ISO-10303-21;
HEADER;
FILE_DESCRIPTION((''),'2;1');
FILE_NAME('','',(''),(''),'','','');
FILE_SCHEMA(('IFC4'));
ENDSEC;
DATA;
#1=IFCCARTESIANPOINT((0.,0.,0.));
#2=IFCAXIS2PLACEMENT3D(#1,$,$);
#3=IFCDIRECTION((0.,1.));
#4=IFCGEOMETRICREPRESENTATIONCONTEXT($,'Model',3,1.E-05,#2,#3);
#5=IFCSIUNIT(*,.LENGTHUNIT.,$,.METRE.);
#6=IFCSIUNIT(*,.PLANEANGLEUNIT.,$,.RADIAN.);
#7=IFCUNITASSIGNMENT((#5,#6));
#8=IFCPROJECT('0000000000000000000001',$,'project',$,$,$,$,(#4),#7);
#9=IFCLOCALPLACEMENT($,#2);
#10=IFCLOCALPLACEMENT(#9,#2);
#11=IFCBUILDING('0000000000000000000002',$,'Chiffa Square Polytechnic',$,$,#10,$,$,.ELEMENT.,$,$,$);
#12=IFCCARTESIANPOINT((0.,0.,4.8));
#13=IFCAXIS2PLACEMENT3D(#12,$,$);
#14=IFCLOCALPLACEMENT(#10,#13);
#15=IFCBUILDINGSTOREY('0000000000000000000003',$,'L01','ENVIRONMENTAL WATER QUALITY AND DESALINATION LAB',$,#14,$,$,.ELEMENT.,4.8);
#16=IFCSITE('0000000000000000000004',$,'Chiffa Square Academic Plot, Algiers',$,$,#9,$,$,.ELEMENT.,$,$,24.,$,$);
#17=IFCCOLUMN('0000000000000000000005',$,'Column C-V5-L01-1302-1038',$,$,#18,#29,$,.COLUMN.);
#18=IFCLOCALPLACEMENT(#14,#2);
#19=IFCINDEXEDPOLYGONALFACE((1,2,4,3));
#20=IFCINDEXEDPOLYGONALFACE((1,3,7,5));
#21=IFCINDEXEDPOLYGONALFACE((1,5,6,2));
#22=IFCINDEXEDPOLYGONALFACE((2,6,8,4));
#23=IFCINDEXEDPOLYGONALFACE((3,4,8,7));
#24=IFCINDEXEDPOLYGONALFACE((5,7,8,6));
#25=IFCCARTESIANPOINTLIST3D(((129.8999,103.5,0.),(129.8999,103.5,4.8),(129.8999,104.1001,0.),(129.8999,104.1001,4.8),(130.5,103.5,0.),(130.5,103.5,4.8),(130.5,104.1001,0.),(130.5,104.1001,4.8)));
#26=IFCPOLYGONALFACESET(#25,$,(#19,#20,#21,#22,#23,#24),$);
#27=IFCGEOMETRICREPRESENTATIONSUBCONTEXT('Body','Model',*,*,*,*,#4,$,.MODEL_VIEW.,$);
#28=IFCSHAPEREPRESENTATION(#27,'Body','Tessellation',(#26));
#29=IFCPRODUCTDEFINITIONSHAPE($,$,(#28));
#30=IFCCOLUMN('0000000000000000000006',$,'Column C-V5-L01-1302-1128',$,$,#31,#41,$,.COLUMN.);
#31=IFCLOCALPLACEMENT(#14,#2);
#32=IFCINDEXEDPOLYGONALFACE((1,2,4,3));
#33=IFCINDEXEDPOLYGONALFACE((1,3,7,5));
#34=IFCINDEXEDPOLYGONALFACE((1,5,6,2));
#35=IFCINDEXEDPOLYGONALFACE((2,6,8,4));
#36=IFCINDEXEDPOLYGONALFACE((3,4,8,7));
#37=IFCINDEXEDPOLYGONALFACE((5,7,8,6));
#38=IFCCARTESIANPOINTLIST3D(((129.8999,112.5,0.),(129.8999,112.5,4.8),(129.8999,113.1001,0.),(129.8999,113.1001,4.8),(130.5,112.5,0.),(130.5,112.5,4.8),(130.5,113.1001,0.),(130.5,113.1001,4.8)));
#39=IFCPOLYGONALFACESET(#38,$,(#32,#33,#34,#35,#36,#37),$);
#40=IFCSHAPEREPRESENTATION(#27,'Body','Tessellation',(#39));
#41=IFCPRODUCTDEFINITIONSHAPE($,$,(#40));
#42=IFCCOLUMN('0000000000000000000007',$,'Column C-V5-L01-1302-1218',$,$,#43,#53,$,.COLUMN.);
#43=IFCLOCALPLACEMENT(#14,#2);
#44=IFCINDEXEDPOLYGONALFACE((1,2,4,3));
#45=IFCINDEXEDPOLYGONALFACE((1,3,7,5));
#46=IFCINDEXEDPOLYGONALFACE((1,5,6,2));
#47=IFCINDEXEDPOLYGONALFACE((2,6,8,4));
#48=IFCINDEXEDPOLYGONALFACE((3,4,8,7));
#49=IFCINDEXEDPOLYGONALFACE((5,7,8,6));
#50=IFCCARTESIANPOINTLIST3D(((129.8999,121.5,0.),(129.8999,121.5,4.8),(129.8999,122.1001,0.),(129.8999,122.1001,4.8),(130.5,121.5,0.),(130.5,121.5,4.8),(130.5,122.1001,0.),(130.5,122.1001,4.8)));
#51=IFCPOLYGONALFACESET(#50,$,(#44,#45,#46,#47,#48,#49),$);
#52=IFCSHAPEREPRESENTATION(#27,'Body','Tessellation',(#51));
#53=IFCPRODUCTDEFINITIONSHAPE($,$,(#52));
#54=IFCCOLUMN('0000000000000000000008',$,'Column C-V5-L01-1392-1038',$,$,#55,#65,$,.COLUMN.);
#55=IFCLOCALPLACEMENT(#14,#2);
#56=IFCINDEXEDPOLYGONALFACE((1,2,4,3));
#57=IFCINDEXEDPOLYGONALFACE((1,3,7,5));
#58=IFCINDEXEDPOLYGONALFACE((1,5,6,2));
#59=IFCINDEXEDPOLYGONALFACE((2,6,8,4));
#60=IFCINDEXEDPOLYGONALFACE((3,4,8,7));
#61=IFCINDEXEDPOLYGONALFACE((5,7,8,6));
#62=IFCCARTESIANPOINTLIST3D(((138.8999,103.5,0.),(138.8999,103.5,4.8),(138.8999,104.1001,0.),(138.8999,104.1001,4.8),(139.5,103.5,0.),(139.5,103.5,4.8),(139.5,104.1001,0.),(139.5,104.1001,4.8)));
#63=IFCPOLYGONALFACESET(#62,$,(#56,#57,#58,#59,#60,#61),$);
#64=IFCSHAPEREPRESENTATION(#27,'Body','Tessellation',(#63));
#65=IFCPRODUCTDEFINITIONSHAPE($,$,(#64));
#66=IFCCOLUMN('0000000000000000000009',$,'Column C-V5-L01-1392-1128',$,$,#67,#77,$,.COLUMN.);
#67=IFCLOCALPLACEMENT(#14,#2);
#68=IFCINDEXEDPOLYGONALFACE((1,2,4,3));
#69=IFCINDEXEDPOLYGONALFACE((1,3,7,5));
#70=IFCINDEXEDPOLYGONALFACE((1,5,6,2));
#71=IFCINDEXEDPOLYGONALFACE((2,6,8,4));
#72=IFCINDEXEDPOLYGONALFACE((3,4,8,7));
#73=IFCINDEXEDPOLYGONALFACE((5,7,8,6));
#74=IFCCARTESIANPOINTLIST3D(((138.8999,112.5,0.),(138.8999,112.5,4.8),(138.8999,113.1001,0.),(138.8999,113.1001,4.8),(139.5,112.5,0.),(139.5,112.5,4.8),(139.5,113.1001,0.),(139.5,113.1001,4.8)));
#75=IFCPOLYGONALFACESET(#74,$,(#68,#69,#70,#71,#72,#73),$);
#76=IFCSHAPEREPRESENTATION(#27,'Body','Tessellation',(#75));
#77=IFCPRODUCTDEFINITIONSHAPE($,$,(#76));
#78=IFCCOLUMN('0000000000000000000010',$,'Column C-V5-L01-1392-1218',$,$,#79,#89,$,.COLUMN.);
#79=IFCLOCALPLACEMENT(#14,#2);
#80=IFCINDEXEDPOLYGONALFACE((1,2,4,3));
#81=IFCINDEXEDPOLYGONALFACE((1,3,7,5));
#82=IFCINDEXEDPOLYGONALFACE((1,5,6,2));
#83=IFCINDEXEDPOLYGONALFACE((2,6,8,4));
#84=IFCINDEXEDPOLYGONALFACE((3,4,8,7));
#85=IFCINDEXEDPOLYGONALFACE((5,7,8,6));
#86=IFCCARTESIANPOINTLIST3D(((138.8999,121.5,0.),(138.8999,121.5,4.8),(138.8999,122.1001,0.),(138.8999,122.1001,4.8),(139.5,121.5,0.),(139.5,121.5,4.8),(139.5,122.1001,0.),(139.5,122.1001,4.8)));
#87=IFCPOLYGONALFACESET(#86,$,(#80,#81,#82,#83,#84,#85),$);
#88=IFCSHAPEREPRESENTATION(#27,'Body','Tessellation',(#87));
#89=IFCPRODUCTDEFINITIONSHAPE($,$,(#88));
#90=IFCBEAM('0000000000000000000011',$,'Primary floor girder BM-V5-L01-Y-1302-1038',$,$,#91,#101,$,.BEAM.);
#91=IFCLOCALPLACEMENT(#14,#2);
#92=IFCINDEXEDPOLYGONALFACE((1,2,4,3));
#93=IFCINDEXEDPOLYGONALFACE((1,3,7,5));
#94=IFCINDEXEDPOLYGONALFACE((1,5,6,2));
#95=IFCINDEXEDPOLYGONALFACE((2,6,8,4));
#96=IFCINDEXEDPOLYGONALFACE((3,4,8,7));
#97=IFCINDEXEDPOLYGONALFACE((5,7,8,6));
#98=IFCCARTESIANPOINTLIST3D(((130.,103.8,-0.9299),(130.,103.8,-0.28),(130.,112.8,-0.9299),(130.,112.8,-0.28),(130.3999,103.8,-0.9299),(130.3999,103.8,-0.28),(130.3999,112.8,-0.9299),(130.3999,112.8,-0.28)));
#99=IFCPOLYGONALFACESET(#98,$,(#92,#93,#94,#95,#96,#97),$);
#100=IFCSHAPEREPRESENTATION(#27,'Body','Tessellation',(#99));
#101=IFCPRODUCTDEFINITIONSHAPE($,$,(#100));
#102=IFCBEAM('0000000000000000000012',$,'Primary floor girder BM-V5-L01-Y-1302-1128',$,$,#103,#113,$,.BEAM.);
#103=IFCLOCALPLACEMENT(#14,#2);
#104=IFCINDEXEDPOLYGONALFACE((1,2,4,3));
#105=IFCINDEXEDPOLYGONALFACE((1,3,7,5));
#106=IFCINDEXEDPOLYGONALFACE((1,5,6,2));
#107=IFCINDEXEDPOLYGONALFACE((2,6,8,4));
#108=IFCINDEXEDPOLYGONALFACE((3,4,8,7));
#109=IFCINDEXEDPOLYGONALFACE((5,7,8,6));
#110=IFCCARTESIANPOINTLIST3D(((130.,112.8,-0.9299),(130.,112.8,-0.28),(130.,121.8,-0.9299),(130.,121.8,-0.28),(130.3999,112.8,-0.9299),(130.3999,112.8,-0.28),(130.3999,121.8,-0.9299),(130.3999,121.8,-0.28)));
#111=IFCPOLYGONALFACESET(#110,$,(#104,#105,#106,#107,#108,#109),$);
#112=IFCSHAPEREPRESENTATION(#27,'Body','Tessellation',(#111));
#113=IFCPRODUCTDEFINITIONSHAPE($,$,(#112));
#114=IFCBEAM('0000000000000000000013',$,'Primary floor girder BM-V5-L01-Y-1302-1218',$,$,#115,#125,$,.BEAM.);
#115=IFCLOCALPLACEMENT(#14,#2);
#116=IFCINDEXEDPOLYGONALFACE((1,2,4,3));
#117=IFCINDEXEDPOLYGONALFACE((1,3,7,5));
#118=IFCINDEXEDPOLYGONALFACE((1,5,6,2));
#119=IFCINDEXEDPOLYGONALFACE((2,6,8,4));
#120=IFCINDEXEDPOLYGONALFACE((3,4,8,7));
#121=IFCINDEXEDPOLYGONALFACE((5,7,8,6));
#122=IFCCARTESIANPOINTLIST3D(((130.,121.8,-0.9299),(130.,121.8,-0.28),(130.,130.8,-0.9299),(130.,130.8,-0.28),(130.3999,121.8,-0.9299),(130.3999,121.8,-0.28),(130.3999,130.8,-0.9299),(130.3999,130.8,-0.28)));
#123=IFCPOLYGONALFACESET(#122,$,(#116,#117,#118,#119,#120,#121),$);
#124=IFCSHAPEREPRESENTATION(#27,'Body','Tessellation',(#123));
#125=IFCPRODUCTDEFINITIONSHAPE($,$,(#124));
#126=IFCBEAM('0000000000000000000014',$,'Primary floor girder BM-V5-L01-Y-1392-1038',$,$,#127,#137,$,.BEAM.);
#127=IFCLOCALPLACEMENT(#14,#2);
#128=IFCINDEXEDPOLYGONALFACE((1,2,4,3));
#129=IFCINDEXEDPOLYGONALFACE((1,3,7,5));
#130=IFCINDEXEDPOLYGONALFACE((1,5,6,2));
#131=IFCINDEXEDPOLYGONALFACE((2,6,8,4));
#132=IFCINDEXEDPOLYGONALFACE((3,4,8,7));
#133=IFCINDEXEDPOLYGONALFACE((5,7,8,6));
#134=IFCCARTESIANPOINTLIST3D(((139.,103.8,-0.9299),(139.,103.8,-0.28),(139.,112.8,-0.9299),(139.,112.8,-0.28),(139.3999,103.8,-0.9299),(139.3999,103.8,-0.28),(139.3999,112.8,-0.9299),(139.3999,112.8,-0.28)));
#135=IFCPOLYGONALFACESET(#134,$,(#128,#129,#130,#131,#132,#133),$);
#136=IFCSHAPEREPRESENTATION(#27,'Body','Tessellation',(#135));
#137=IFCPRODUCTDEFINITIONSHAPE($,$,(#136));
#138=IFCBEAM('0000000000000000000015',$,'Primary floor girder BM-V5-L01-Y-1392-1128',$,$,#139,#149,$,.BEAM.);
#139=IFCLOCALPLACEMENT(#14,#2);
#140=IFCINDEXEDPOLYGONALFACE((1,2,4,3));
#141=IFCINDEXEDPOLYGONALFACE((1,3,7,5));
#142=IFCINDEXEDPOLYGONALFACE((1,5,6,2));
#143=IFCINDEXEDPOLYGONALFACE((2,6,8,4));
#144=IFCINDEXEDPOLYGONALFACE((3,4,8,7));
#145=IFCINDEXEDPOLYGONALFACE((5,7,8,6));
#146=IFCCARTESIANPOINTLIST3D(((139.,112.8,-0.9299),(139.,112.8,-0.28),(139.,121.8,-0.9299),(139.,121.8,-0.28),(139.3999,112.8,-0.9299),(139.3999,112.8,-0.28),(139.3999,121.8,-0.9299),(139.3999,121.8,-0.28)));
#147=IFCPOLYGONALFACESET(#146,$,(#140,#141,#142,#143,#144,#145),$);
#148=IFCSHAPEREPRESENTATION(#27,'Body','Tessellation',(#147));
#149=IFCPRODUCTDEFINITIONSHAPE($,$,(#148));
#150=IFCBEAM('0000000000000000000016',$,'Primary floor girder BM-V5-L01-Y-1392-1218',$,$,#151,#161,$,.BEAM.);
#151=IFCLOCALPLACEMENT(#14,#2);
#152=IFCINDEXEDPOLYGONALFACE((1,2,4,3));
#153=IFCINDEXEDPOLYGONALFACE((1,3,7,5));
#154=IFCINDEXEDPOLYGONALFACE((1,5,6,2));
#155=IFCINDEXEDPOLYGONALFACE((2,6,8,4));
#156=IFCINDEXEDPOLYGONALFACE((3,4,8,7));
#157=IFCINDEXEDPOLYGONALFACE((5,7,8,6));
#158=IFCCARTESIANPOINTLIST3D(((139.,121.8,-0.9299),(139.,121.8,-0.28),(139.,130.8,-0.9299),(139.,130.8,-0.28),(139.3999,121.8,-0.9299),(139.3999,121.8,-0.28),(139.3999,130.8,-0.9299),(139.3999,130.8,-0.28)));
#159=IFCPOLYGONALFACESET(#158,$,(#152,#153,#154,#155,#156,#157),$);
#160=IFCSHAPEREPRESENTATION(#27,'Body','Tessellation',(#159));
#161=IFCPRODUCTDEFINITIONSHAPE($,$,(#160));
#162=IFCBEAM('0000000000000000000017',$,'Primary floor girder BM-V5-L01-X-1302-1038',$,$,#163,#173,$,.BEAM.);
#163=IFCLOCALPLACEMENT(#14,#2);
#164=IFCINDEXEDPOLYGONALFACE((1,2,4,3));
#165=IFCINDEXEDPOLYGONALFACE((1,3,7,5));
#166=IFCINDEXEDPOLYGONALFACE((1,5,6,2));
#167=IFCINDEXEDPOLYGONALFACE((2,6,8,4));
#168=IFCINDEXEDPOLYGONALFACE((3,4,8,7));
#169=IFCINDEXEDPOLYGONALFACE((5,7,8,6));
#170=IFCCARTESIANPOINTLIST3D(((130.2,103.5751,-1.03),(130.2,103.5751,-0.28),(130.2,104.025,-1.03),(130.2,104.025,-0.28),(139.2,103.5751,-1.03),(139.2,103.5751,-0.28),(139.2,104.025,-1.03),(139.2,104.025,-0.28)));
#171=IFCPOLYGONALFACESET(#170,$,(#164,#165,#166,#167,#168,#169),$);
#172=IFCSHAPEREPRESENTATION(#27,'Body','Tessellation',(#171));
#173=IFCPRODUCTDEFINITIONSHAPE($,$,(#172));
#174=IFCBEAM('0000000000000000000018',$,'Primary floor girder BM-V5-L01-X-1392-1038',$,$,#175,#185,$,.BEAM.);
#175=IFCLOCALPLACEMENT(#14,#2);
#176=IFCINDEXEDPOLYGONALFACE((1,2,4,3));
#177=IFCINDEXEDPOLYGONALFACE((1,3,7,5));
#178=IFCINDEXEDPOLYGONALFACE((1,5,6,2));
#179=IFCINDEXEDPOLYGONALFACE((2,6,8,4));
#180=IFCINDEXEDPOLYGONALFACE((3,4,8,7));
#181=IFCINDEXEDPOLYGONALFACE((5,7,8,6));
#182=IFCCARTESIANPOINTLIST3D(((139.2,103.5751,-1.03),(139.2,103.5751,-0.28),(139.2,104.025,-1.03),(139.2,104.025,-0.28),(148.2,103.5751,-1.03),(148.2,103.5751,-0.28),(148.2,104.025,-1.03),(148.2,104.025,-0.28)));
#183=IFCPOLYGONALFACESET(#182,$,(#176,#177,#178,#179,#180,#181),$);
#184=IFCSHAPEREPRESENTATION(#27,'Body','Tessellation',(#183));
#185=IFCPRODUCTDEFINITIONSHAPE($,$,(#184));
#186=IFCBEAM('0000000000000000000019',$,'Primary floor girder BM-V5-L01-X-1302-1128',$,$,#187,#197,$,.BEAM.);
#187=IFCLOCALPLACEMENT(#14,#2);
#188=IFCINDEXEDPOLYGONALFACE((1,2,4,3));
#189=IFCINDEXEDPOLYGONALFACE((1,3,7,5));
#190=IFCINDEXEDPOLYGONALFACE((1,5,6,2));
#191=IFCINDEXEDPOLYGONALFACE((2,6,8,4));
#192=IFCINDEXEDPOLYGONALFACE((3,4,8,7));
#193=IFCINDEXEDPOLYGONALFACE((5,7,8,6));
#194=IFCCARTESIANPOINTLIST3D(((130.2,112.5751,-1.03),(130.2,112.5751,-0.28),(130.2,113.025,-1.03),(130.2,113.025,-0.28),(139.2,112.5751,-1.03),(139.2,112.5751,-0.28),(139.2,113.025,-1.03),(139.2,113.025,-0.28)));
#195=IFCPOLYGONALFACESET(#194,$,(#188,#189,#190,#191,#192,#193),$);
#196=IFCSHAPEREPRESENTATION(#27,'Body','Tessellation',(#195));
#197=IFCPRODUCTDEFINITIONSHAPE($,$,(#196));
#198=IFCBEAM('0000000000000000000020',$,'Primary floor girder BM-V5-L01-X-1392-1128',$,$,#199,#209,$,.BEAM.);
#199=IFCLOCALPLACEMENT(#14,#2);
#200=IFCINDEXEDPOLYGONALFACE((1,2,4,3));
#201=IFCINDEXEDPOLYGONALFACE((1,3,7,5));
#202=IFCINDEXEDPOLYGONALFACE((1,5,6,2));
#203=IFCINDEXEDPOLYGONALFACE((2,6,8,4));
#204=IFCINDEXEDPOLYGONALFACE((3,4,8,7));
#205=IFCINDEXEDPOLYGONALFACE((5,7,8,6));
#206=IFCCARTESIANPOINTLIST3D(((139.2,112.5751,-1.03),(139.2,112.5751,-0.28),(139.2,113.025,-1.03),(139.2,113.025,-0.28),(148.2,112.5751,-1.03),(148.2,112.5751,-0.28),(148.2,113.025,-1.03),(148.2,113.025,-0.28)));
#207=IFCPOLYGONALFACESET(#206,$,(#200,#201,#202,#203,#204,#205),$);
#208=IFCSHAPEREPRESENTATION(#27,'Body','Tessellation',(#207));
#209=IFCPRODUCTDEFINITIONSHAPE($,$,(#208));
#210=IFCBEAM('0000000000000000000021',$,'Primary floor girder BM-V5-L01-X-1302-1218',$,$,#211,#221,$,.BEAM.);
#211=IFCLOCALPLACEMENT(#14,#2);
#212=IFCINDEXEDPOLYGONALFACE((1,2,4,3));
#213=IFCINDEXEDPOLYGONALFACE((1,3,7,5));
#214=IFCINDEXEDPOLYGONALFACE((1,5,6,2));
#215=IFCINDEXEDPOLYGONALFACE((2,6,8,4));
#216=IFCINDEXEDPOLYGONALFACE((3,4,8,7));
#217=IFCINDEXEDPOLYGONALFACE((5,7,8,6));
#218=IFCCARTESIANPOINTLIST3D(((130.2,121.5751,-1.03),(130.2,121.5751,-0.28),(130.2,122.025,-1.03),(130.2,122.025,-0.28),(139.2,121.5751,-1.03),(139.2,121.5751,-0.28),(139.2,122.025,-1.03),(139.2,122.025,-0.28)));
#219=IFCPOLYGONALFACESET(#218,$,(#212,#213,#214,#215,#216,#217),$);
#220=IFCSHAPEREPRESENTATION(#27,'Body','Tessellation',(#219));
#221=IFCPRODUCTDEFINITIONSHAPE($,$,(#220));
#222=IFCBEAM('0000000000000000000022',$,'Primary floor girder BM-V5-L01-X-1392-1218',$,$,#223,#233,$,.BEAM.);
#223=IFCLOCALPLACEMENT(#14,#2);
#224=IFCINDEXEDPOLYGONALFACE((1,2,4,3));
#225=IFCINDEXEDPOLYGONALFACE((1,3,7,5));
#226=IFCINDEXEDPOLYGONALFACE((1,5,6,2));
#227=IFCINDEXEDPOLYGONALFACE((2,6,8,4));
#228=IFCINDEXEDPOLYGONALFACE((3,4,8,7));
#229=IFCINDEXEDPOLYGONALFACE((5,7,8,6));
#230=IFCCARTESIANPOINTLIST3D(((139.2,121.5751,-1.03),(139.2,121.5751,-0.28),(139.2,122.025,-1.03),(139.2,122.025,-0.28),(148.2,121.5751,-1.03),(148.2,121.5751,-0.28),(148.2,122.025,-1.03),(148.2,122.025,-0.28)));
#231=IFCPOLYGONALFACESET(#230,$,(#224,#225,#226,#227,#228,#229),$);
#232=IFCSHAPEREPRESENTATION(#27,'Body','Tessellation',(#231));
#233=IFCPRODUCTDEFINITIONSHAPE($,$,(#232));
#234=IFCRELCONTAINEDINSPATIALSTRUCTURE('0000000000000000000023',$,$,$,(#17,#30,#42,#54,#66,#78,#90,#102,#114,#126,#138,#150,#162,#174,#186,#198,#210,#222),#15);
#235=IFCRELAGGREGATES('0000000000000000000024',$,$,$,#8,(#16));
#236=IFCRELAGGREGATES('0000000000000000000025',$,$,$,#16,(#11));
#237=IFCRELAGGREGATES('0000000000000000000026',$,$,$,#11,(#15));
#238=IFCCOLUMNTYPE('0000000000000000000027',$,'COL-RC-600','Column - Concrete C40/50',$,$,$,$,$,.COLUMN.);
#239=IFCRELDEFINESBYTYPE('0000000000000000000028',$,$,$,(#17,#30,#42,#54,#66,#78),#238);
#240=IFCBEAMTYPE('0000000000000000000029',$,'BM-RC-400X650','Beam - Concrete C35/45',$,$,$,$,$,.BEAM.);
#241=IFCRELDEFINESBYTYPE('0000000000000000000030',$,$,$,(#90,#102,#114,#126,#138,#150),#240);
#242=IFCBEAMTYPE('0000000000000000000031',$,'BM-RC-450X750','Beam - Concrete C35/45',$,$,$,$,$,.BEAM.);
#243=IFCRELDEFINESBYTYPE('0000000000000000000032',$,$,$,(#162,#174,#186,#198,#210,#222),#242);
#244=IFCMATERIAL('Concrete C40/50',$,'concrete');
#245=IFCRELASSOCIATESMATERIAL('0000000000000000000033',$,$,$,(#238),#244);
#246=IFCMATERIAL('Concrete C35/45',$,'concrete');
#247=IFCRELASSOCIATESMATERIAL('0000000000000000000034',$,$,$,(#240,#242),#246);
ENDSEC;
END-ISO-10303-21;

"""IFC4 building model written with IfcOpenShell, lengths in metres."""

from ifc_helpers import new_model, si_unit, direction, frame, origin, origin_2d, place, context, subcontext, project, spatial, rectangle, extrude, material, material_profile, profile_set, type_object, element, save


model = new_model("IFC4")

# Units and contexts
model_context = context("Model", 3, precision=1e-05, world=origin(), true_north=direction((0.0, 1.0)))
body_context = subcontext(model_context, "Body", "Model", "MODEL_VIEW")
ifc_project = project(units=[si_unit("LENGTHUNIT", "METRE"), si_unit("PLANEANGLEUNIT", "RADIAN")], contexts=[model_context])

# Site, building, storey
site_placement = place(None, origin())
site = spatial("IfcSite", under=ifc_project, at=site_placement, Name="Chiffa Square Academic Plot, Algiers", CompositionType="ELEMENT", RefElevation=24.0)
building_placement = place(site_placement, origin())
building = spatial("IfcBuilding", under=site, at=building_placement, Name="Chiffa Square Polytechnic", CompositionType="ELEMENT")
storey_placement = place(building_placement, frame((0.0, 0.0, 4.8)))
storey = spatial("IfcBuildingStorey", under=building, at=storey_placement, Name="L01", Description="ENVIRONMENTAL WATER QUALITY AND DESALINATION LAB", CompositionType="ELEMENT", Elevation=4.8)

# Columns
ifc_material_1 = material(Name="Concrete C40/50", Category="concrete")
ifc_material_profile_1 = material_profile(ifc_material_1, rectangle(XDim=0.6001, YDim=0.6001, at=origin_2d()), Name="RC 600x600")
ifc_profile_set_1 = profile_set([ifc_material_profile_1], Name="Concrete C40/50")
column_type = type_object("IfcColumnType", Name="COL-RC-600", Description="Column - Concrete C40/50", PredefinedType="COLUMN", material=ifc_profile_set_1)
for number, where, z_axis, x_axis, name in (
    (1, (130.2, 103.8, 0.0), (0.0, 0.0, 1.0), (1.0, 0.0, 0.0), "Column C-V5-L01-1302-1038"),
    (2, (130.2, 112.8, 0.0), (0.0, 0.0, 1.0), (1.0, 0.0, 0.0), "Column C-V5-L01-1302-1128"),
    (3, (130.2, 121.8, 0.0), (0.0, 0.0, 1.0), (1.0, 0.0, 0.0), "Column C-V5-L01-1302-1218"),
    (4, (139.2, 103.8, 0.0), (0.0, 0.0, 1.0), (1.0, 0.0, 0.0), "Column C-V5-L01-1392-1038"),
    (5, (139.2, 112.8, 0.0), (0.0, 0.0, 1.0), (1.0, 0.0, 0.0), "Column C-V5-L01-1392-1128"),
    (6, (139.2, 121.8, 0.0), (0.0, 0.0, 1.0), (1.0, 0.0, 0.0), "Column C-V5-L01-1392-1218"),
):
    element("IfcColumn", number, at=place(storey_placement, frame(where, z_axis=z_axis, x_axis=x_axis)), inside=storey, type_object=column_type, Name=name, PredefinedType="COLUMN", context=body_context, shape_type="SweptSolid", body=[
        extrude(rectangle(XDim=0.6001, YDim=0.6001, at=origin_2d()), origin(), (0.0, 0.0, 1.0), 4.8),
    ])

# Beams
ifc_material_2 = material(Name="Concrete C35/45", Category="concrete")
ifc_material_profile_2 = material_profile(ifc_material_2, rectangle(XDim=0.3999, YDim=0.6499, at=origin_2d()), Name="RC 400x650")
ifc_profile_set_2 = profile_set([ifc_material_profile_2], Name="Concrete C35/45")
beam_type_1 = type_object("IfcBeamType", Name="BM-RC-400X650", Description="Beam - Concrete C35/45", PredefinedType="BEAM", material=ifc_profile_set_2)
for number, where, z_axis, x_axis, name in (
    (7, (130.2, 103.8, -0.605), (0.0, 1.0, 0.0), (-1.0, 0.0, 0.0), "Primary floor girder BM-V5-L01-Y-1302-1038"),
    (8, (130.2, 112.8, -0.605), (0.0, 1.0, 0.0), (-1.0, 0.0, 0.0), "Primary floor girder BM-V5-L01-Y-1302-1128"),
    (9, (130.2, 121.8, -0.605), (0.0, 1.0, 0.0), (-1.0, 0.0, 0.0), "Primary floor girder BM-V5-L01-Y-1302-1218"),
    (10, (139.2, 103.8, -0.605), (0.0, 1.0, 0.0), (-1.0, 0.0, 0.0), "Primary floor girder BM-V5-L01-Y-1392-1038"),
    (11, (139.2, 112.8, -0.605), (0.0, 1.0, 0.0), (-1.0, 0.0, 0.0), "Primary floor girder BM-V5-L01-Y-1392-1128"),
    (12, (139.2, 121.8, -0.605), (0.0, 1.0, 0.0), (-1.0, 0.0, 0.0), "Primary floor girder BM-V5-L01-Y-1392-1218"),
):
    element("IfcBeam", number, at=place(storey_placement, frame(where, z_axis=z_axis, x_axis=x_axis)), inside=storey, type_object=beam_type_1, Name=name, PredefinedType="BEAM", context=body_context, shape_type="SweptSolid", body=[
        extrude(rectangle(XDim=0.3999, YDim=0.6499, at=origin_2d()), origin(), (0.0, 0.0, 1.0), 9.0),
    ])
ifc_material_profile_3 = material_profile(ifc_material_2, rectangle(XDim=0.45, YDim=0.75, at=origin_2d()), Name="RC 450x750")
ifc_profile_set_3 = profile_set([ifc_material_profile_3], Name="Concrete C35/45")
beam_type_2 = type_object("IfcBeamType", Name="BM-RC-450X750", Description="Beam - Concrete C35/45", PredefinedType="BEAM", material=ifc_profile_set_3)
for number, where, z_axis, x_axis, name in (
    (13, (130.2, 103.8, -0.655), (1.0, 0.0, 0.0), (0.0, 1.0, 0.0), "Primary floor girder BM-V5-L01-X-1302-1038"),
    (14, (139.2, 103.8, -0.655), (1.0, 0.0, 0.0), (0.0, 1.0, 0.0), "Primary floor girder BM-V5-L01-X-1392-1038"),
    (15, (130.2, 112.8, -0.655), (1.0, 0.0, 0.0), (0.0, 1.0, 0.0), "Primary floor girder BM-V5-L01-X-1302-1128"),
    (16, (139.2, 112.8, -0.655), (1.0, 0.0, 0.0), (0.0, 1.0, 0.0), "Primary floor girder BM-V5-L01-X-1392-1128"),
    (17, (130.2, 121.8, -0.655), (1.0, 0.0, 0.0), (0.0, 1.0, 0.0), "Primary floor girder BM-V5-L01-X-1302-1218"),
    (18, (139.2, 121.8, -0.655), (1.0, 0.0, 0.0), (0.0, 1.0, 0.0), "Primary floor girder BM-V5-L01-X-1392-1218"),
):
    element("IfcBeam", number, at=place(storey_placement, frame(where, z_axis=z_axis, x_axis=x_axis)), inside=storey, type_object=beam_type_2, Name=name, PredefinedType="BEAM", context=body_context, shape_type="SweptSolid", body=[
        extrude(rectangle(XDim=0.45, YDim=0.75, at=origin_2d()), origin(), (0.0, 0.0, 1.0), 9.0),
    ])

save(model, "model.ifc")
